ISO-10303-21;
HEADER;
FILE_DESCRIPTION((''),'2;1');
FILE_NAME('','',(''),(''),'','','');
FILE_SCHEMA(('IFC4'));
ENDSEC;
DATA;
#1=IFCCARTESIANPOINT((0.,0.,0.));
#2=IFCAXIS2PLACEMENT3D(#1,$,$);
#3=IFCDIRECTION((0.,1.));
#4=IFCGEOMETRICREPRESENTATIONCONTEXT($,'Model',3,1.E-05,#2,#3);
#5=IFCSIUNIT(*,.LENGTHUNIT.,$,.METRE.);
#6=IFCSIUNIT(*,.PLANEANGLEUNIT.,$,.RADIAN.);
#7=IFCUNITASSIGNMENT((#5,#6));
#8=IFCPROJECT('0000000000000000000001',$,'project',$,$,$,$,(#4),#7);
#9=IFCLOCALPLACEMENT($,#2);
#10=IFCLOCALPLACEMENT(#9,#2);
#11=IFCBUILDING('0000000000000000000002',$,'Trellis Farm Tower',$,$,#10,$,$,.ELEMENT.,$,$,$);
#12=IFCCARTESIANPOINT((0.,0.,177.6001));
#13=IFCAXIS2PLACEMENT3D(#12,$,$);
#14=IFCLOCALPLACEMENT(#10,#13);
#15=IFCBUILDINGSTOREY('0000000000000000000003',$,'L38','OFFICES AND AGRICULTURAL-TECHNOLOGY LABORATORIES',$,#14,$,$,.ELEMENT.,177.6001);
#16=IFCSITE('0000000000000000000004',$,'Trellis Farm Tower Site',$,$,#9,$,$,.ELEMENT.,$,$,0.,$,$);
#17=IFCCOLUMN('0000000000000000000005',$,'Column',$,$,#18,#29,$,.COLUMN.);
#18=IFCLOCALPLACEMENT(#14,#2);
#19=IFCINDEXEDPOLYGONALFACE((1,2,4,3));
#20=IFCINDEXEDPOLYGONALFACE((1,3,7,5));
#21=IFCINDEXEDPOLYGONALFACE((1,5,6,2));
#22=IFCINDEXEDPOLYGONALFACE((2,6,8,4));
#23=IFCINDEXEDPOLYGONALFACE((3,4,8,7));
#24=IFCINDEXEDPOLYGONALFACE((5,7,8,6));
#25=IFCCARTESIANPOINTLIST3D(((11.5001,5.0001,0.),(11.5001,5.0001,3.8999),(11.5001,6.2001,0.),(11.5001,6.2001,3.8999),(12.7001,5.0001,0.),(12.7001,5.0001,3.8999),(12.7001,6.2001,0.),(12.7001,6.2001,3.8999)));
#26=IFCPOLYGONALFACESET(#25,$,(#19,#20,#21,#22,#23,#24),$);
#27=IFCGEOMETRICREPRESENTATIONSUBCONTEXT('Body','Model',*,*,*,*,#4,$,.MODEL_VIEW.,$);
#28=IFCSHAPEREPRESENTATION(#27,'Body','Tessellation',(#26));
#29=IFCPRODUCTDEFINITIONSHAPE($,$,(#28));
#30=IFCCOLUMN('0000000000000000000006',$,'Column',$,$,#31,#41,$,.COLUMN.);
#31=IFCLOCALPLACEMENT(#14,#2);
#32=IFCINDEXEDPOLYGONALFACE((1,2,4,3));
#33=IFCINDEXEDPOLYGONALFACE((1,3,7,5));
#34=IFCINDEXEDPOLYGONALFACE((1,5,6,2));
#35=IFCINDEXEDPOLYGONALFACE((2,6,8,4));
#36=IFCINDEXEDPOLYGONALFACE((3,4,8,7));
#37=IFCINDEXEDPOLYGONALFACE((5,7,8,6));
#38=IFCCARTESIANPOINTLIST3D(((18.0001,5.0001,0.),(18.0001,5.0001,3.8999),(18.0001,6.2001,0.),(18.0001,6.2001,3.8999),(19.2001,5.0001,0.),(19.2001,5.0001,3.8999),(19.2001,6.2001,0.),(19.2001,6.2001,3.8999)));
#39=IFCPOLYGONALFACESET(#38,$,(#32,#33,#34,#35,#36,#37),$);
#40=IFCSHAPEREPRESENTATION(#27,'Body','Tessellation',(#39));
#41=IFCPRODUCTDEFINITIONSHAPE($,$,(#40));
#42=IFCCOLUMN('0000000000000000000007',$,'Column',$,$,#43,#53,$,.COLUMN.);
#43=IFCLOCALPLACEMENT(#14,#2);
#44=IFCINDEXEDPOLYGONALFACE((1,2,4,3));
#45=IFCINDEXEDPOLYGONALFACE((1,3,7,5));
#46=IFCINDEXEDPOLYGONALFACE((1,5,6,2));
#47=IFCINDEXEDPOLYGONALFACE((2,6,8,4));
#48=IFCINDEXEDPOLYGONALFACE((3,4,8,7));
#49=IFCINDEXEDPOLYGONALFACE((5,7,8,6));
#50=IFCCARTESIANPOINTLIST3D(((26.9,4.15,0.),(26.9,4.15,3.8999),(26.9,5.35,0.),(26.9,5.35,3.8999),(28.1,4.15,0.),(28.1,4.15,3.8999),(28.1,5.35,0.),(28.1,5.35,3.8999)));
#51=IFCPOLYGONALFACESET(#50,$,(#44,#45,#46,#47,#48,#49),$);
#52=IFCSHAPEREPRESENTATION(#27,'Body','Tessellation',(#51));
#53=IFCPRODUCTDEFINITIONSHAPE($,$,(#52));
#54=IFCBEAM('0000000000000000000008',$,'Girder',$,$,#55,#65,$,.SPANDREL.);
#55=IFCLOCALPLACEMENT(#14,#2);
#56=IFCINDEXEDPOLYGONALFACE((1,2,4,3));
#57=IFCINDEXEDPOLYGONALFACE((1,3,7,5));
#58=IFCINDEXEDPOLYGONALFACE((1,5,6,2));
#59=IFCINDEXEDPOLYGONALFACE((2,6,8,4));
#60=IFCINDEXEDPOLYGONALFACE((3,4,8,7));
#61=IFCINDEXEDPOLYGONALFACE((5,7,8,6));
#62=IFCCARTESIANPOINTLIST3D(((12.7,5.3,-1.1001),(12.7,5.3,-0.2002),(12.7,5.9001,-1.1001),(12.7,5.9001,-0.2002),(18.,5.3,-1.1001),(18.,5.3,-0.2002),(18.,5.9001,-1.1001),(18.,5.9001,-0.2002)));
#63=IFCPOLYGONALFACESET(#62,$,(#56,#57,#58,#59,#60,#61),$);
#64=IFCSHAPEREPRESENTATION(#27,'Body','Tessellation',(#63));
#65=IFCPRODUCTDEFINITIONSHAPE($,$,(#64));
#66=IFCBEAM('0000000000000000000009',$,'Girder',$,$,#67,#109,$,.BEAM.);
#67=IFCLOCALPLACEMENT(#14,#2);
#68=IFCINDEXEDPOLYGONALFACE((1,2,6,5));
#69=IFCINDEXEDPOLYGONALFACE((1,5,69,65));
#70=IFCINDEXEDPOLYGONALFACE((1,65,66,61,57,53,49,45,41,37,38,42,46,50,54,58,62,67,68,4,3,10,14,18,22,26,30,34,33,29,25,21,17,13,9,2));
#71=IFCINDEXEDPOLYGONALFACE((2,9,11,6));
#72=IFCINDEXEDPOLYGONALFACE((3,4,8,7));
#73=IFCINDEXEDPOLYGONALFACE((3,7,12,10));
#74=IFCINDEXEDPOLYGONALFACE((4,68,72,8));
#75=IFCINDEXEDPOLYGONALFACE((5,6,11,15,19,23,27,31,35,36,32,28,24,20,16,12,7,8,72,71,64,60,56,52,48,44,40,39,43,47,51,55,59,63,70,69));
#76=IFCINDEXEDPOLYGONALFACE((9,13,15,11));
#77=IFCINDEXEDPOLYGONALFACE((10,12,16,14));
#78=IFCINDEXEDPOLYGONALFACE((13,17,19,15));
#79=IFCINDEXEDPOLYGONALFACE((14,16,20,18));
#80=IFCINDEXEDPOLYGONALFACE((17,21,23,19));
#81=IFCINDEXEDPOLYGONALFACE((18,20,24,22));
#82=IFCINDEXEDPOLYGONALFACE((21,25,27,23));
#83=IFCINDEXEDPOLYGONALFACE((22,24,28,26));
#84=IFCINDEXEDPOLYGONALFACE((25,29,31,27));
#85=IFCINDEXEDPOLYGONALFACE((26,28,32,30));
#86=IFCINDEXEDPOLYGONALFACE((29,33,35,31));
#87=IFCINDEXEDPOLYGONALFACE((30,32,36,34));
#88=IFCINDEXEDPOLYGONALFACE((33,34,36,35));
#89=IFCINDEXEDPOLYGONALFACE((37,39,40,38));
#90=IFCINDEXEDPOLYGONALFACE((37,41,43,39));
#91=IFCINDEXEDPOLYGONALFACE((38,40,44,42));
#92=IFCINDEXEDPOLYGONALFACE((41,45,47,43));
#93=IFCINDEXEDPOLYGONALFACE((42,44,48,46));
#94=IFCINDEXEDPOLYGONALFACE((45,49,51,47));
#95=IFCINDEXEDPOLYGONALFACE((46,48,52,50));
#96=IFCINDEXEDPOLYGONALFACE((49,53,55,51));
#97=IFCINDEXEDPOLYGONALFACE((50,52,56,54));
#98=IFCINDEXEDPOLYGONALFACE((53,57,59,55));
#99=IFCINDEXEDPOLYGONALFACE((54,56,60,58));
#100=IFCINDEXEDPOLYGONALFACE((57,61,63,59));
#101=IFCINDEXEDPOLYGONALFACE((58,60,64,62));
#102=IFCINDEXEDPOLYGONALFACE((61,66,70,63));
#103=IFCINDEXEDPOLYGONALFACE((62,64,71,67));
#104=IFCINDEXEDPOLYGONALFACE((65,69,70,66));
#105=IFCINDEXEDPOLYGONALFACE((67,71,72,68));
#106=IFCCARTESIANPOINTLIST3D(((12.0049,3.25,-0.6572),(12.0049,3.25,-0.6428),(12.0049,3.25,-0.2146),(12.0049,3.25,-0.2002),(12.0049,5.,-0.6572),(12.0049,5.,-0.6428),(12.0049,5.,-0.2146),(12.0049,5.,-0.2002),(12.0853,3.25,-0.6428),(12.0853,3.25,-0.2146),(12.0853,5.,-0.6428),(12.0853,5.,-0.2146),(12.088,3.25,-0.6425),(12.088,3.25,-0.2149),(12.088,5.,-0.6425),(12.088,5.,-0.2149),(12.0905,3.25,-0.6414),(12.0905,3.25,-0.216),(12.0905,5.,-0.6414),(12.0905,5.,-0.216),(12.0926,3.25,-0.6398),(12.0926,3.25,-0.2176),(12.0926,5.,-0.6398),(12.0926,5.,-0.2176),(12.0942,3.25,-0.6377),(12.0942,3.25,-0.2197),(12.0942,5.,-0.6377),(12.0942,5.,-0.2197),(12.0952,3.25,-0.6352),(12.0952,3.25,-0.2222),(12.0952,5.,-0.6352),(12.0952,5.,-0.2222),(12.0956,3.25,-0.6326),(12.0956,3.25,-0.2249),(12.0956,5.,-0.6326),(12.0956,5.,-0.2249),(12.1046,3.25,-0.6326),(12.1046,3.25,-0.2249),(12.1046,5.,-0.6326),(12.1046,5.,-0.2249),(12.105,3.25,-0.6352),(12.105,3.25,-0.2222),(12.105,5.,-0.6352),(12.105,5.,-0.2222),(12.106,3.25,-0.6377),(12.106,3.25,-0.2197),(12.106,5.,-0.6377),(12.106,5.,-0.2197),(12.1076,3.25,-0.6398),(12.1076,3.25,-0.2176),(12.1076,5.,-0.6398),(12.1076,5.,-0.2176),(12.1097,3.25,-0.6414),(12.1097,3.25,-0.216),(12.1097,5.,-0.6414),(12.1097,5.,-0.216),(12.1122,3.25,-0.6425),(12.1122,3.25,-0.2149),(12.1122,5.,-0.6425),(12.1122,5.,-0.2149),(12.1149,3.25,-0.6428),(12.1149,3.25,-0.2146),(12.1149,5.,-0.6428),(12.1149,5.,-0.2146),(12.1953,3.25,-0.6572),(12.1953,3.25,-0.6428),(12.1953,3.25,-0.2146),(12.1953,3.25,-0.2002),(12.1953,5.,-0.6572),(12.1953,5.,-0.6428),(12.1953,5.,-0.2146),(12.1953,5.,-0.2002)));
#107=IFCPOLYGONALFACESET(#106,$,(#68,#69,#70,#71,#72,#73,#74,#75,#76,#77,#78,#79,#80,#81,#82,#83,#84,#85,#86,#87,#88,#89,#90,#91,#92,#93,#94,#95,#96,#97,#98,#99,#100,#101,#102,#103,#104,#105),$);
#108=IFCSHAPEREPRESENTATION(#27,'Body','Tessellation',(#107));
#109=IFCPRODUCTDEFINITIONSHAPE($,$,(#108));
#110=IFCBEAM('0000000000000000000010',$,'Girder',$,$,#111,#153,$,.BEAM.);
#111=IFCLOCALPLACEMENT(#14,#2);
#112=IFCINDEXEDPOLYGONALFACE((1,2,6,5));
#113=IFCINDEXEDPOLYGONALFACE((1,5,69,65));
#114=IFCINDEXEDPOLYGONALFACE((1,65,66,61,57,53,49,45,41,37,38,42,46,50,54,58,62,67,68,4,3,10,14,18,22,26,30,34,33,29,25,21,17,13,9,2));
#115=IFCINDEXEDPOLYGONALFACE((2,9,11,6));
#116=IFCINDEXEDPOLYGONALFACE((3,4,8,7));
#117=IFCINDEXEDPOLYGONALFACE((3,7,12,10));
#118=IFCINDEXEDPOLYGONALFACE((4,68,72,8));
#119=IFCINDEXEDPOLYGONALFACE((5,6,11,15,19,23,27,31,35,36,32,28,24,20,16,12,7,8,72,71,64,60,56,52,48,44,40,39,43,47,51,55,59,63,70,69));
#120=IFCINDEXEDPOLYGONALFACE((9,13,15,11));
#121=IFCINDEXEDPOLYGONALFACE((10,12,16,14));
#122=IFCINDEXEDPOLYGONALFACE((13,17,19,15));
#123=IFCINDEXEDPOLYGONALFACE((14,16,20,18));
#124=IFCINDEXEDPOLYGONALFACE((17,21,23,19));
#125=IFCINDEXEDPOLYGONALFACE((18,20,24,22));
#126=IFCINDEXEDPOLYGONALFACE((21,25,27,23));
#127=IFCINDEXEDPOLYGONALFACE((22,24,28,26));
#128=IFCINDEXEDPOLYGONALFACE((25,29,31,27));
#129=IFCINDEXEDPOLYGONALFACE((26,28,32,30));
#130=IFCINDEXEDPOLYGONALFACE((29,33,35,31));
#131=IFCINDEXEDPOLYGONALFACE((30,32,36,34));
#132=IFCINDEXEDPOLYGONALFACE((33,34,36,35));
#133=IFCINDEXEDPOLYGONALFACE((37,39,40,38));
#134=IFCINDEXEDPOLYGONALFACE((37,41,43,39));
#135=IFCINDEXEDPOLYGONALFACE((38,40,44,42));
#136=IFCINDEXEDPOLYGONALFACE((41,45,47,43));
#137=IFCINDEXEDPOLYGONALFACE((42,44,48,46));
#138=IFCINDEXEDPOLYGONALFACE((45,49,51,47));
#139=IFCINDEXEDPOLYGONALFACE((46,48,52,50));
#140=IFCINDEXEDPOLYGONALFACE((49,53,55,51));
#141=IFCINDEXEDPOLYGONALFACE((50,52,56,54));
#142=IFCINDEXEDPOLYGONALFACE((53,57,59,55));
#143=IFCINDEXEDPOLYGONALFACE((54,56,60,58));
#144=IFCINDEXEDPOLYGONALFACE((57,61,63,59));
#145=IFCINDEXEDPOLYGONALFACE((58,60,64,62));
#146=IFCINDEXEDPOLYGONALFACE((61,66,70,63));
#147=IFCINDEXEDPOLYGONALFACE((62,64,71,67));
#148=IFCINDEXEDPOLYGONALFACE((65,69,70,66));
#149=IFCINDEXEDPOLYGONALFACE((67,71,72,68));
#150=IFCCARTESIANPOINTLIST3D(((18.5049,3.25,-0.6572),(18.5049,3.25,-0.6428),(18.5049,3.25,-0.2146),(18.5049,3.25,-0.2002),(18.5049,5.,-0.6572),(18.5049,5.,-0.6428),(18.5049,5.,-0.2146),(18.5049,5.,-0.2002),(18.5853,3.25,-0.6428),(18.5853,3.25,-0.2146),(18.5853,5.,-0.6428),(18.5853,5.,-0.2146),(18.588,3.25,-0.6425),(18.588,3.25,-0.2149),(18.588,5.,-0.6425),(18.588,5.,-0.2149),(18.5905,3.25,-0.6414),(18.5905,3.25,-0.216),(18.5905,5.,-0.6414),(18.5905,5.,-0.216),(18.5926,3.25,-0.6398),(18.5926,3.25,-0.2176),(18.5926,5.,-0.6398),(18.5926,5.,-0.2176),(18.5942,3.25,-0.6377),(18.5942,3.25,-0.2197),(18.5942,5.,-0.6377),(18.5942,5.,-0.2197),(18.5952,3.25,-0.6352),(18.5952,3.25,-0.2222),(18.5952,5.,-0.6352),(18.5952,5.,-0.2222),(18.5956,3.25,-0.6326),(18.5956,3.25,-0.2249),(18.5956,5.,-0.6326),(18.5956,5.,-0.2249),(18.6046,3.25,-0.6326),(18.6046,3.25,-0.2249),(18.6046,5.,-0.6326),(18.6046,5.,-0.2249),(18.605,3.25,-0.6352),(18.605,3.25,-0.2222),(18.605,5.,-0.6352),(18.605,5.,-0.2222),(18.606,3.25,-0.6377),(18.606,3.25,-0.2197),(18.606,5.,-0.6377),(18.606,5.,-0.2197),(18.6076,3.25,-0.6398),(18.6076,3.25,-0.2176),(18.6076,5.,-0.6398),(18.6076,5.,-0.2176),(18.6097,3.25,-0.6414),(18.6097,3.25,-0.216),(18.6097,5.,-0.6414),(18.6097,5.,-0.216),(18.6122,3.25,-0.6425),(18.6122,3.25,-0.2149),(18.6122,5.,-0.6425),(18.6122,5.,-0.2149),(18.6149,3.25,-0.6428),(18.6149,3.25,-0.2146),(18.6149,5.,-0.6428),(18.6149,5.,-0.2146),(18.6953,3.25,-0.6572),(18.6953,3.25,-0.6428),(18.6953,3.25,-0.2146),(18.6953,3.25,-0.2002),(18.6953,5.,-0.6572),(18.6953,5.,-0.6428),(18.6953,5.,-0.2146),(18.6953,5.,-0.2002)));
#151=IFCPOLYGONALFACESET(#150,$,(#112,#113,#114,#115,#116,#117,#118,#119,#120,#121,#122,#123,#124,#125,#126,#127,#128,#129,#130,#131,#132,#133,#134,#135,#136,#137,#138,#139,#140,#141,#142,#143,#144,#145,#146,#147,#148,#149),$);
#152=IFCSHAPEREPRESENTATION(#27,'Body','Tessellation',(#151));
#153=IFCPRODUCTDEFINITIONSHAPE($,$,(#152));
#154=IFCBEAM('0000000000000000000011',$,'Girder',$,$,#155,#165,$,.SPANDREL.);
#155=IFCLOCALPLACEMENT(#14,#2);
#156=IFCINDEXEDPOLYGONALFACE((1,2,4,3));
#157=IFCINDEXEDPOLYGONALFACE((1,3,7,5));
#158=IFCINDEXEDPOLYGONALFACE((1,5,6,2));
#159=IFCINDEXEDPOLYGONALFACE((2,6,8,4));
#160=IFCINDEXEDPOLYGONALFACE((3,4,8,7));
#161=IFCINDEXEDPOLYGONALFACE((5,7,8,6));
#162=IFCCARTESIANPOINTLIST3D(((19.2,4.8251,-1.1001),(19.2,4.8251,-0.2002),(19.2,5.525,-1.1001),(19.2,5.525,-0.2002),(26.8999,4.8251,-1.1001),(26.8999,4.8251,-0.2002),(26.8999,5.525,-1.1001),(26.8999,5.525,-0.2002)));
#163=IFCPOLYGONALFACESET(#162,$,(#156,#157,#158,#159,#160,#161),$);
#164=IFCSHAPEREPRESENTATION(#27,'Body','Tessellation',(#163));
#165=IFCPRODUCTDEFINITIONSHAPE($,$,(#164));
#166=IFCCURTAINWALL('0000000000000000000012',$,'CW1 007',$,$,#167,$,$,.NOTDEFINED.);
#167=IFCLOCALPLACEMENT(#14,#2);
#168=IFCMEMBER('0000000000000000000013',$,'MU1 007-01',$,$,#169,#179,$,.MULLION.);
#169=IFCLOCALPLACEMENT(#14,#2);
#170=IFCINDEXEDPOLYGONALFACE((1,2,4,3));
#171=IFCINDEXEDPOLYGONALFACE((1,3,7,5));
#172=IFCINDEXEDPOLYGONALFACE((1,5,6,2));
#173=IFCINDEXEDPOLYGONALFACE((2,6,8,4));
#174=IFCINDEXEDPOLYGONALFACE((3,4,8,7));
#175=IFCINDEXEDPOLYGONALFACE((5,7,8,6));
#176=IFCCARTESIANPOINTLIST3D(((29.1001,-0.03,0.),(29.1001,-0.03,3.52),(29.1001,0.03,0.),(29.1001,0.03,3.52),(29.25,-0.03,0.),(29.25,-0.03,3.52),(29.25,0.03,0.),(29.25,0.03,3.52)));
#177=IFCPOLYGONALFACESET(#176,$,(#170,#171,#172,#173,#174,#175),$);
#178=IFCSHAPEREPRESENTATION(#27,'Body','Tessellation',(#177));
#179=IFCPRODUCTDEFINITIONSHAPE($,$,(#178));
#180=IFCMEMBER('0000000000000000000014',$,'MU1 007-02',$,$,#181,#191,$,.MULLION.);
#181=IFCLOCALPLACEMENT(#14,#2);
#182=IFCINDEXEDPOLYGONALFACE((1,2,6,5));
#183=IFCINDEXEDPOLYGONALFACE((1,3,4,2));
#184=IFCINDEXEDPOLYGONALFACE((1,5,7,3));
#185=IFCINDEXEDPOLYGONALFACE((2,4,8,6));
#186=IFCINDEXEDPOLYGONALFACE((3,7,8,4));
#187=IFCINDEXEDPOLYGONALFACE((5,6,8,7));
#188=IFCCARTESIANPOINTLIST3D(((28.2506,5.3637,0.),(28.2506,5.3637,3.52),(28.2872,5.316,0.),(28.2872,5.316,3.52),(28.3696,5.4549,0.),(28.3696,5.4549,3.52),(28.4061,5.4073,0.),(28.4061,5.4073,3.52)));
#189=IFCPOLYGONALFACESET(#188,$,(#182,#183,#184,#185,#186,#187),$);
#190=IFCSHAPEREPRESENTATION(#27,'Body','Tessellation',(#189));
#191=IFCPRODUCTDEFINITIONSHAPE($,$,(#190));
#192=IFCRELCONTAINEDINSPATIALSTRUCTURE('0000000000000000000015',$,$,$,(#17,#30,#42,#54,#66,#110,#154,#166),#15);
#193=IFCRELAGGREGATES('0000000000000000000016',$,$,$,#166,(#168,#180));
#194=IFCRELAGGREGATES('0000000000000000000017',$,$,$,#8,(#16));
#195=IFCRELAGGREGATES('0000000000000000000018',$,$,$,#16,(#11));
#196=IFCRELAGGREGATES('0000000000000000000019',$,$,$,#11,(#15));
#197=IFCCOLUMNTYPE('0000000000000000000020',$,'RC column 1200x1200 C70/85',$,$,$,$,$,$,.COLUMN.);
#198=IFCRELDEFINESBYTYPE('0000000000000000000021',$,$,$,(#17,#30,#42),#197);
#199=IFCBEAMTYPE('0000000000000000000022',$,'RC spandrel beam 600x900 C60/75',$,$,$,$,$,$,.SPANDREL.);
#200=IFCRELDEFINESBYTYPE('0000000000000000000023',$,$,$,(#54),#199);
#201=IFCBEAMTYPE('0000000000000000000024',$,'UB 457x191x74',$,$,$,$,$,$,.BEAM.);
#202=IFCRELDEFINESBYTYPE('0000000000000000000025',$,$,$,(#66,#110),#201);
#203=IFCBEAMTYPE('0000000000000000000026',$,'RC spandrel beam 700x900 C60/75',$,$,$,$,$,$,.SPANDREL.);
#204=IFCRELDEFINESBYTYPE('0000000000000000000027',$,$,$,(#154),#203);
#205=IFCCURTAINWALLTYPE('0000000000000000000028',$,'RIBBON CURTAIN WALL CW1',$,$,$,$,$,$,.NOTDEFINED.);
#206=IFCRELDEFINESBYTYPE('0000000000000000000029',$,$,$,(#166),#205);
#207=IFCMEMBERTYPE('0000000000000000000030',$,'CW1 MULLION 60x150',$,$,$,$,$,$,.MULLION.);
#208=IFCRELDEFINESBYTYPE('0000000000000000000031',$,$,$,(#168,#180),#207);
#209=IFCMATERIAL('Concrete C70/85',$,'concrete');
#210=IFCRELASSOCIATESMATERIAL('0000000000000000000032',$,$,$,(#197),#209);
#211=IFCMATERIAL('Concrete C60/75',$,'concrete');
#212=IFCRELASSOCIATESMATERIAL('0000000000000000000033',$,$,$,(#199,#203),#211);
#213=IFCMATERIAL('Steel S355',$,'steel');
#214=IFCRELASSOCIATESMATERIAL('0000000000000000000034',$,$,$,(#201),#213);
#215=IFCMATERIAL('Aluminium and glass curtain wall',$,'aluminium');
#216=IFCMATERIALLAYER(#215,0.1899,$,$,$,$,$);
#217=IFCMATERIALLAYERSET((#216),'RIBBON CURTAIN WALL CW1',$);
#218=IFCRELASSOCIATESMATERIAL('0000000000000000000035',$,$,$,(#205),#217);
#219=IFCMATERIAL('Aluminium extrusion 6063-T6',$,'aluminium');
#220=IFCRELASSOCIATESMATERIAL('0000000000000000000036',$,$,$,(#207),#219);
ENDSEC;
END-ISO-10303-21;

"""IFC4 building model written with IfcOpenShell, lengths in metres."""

from ifc_helpers import new_model, si_unit, direction, frame, origin, origin_2d, place, context, subcontext, project, spatial, rectangle, i_section, extrude, source, transform, mapped, material, layer, layer_set, material_profile, profile_set, type_object, element, aggregate, save


model = new_model("IFC4")

# Units and contexts
model_context = context("Model", 3, precision=1e-05, world=origin(), true_north=direction((0.0, 1.0)))
body_context = subcontext(model_context, "Body", "Model", "MODEL_VIEW")
ifc_project = project(units=[si_unit("LENGTHUNIT", "METRE"), si_unit("PLANEANGLEUNIT", "RADIAN")], contexts=[model_context])

# Site, building, storey
site_placement = place(None, origin())
site = spatial("IfcSite", under=ifc_project, at=site_placement, Name="Trellis Farm Tower Site", CompositionType="ELEMENT", RefElevation=0.0)
building_placement = place(site_placement, origin())
building = spatial("IfcBuilding", under=site, at=building_placement, Name="Trellis Farm Tower", CompositionType="ELEMENT")
storey_placement = place(building_placement, frame((0.0, 0.0, 177.6001)))
storey = spatial("IfcBuildingStorey", under=building, at=storey_placement, Name="L38", Description="OFFICES AND AGRICULTURAL-TECHNOLOGY LABORATORIES", CompositionType="ELEMENT", Elevation=177.6001)

# Columns
ifc_material_1 = material(Name="Concrete C70/85", Category="concrete")
ifc_material_profile_1 = material_profile(ifc_material_1, rectangle(XDim=1.2, YDim=1.2, at=origin_2d()), Name="RC column 1200x1200 C70/85")
ifc_profile_set_1 = profile_set([ifc_material_profile_1], Name="Concrete C70/85")
column_type = type_object("IfcColumnType", Name="RC column 1200x1200 C70/85", PredefinedType="COLUMN", material=ifc_profile_set_1)
shared_shape_1 = source(origin(), body_context, "Body", "SweptSolid", [
    extrude(rectangle(XDim=1.2, YDim=1.2, at=origin_2d()), origin(), (0.0, 0.0, 1.0), 3.8999),
])
for number, where, z_axis, x_axis, name in (
    (1, (12.1001, 5.6001, 0.0), (0.0, 0.0, 1.0), (1.0, 0.0, 0.0), "Column"),
    (2, (18.6001, 5.6001, 0.0), (0.0, 0.0, 1.0), (1.0, 0.0, 0.0), "Column"),
    (3, (27.5, 4.75, 0.0), (0.0, 0.0, 1.0), (1.0, 0.0, 0.0), "Column"),
):
    element("IfcColumn", number, at=place(storey_placement, frame(where, z_axis=z_axis, x_axis=x_axis)), inside=storey, type_object=column_type, Name=name, PredefinedType="COLUMN", context=body_context, shape_type="MappedRepresentation", body=[
        mapped(shared_shape_1, transform((0.0, 0.0, 0.0))),
    ])

# Beams
ifc_material_2 = material(Name="Concrete C60/75", Category="concrete")
ifc_material_profile_2 = material_profile(ifc_material_2, rectangle(XDim=0.6001, YDim=0.8999, at=origin_2d()), Name="RC spandrel beam 600x900 C60/75")
ifc_profile_set_2 = profile_set([ifc_material_profile_2], Name="Concrete C60/75")
beam_type_1 = type_object("IfcBeamType", Name="RC spandrel beam 600x900 C60/75", PredefinedType="SPANDREL", material=ifc_profile_set_2)
shared_shape_2 = source(origin(), body_context, "Body", "SweptSolid", [
    extrude(rectangle(XDim=0.6001, YDim=0.8999, at=origin_2d()), origin(), (0.0, 0.0, 1.0), 5.3),
])
beam_1_placement = place(storey_placement, frame((12.7, 5.6001, -0.6501), z_axis=(1.0, 0.0, 0.0), x_axis=(0.0, 1.0, 0.0)))
element("IfcBeam", 4, at=beam_1_placement, inside=storey, type_object=beam_type_1, Name="Girder", PredefinedType="SPANDREL", context=body_context, shape_type="MappedRepresentation", body=[
    mapped(shared_shape_2, transform((0.0, 0.0, 0.0))),
])
ifc_material_3 = material(Name="Steel S355", Category="steel")
ifc_material_profile_3 = material_profile(ifc_material_3, i_section(OverallWidth=0.1904, OverallDepth=0.457, WebThickness=0.009, FlangeThickness=0.0144, FilletRadius=0.0103, at=origin_2d()), Name="UB 457x191x74")
ifc_profile_set_3 = profile_set([ifc_material_profile_3], Name="Steel S355")
beam_type_2 = type_object("IfcBeamType", Name="UB 457x191x74", PredefinedType="BEAM", material=ifc_profile_set_3)
shared_shape_3 = source(origin(), body_context, "Body", "SweptSolid", [
    extrude(i_section(OverallWidth=0.1904, OverallDepth=0.457, WebThickness=0.009, FlangeThickness=0.0144, FilletRadius=0.0103, at=origin_2d()), origin(), (0.0, 0.0, 1.0), 1.75),
])
for number, where, z_axis, x_axis, name in (
    (5, (12.1001, 3.25, -0.4287), (0.0, 1.0, 0.0), (-1.0, 0.0, 0.0), "Girder"),
    (6, (18.6001, 3.25, -0.4287), (0.0, 1.0, 0.0), (-1.0, 0.0, 0.0), "Girder"),
):
    element("IfcBeam", number, at=place(storey_placement, frame(where, z_axis=z_axis, x_axis=x_axis)), inside=storey, type_object=beam_type_2, Name=name, PredefinedType="BEAM", context=body_context, shape_type="MappedRepresentation", body=[
        mapped(shared_shape_3, transform((0.0, 0.0, 0.0))),
    ])
ifc_material_profile_4 = material_profile(ifc_material_2, rectangle(XDim=0.7, YDim=0.8999, at=origin_2d()), Name="RC spandrel beam 700x900 C60/75")
ifc_profile_set_4 = profile_set([ifc_material_profile_4], Name="Concrete C60/75")
beam_type_3 = type_object("IfcBeamType", Name="RC spandrel beam 700x900 C60/75", PredefinedType="SPANDREL", material=ifc_profile_set_4)
shared_shape_4 = source(origin(), body_context, "Body", "SweptSolid", [
    extrude(rectangle(XDim=0.7, YDim=0.8999, at=origin_2d()), origin(), (0.0, 0.0, 1.0), 7.7),
])
beam_2_placement = place(storey_placement, frame((19.2, 5.175, -0.6501), z_axis=(1.0, 0.0, 0.0), x_axis=(0.0, 1.0, 0.0)))
element("IfcBeam", 7, at=beam_2_placement, inside=storey, type_object=beam_type_3, Name="Girder", PredefinedType="SPANDREL", context=body_context, shape_type="MappedRepresentation", body=[
    mapped(shared_shape_4, transform((0.0, 0.0, 0.0))),
])

# Curtain wall, members
ifc_material_4 = material(Name="Aluminium and glass curtain wall", Category="aluminium")
ifc_layer_1 = layer(ifc_material_4, 0.1899)
ifc_layer_set_1 = layer_set([ifc_layer_1], Name="RIBBON CURTAIN WALL CW1")
curtain_wall_type = type_object("IfcCurtainWallType", Name="RIBBON CURTAIN WALL CW1", PredefinedType="NOTDEFINED", material=ifc_layer_set_1)
placement = place(storey_placement, origin())
curtain_wall_1 = element("IfcCurtainWall", 8, at=placement, inside=storey, type_object=curtain_wall_type, Name="CW1 007", PredefinedType="NOTDEFINED")
ifc_material_5 = material(Name="Aluminium extrusion 6063-T6", Category="aluminium")
ifc_material_profile_5 = material_profile(ifc_material_5, rectangle(XDim=0.0601, YDim=0.1499, at=origin_2d()), Name="MULLION 60x150")
ifc_profile_set_5 = profile_set([ifc_material_profile_5], Name="Aluminium extrusion 6063-T6")
member_type = type_object("IfcMemberType", Name="CW1 MULLION 60x150", PredefinedType="MULLION", material=ifc_profile_set_5)
shared_shape_5 = source(origin(), body_context, "Body", "SweptSolid", [
    extrude(rectangle(XDim=0.0601, YDim=0.1499, at=origin_2d()), origin(), (0.0, 0.0, 1.0), 3.52),
])
member_1_placement = place(storey_placement, frame((29.175, 0.0, 0.0), z_axis=(0.0, 0.0, 1.0), x_axis=(0.0, 1.0, 0.0)))
member_1 = element("IfcMember", 9, at=member_1_placement, type_object=member_type, Name="MU1 007-01", PredefinedType="MULLION", context=body_context, shape_type="MappedRepresentation", body=[
    mapped(shared_shape_5, transform((0.0, 0.0, 0.0))),
])
member_2_placement = place(storey_placement, frame((28.3284, 5.3855, 0.0), z_axis=(0.0, 0.0, 1.0), x_axis=(-0.608761, 0.793353, 0.0)))
member_2 = element("IfcMember", 10, at=member_2_placement, type_object=member_type, Name="MU1 007-02", PredefinedType="MULLION", context=body_context, shape_type="MappedRepresentation", body=[
    mapped(shared_shape_5, transform((0.0, 0.0, 0.0))),
])
aggregate(curtain_wall_1, [member_1, member_2])

save(model, "model.ifc")
